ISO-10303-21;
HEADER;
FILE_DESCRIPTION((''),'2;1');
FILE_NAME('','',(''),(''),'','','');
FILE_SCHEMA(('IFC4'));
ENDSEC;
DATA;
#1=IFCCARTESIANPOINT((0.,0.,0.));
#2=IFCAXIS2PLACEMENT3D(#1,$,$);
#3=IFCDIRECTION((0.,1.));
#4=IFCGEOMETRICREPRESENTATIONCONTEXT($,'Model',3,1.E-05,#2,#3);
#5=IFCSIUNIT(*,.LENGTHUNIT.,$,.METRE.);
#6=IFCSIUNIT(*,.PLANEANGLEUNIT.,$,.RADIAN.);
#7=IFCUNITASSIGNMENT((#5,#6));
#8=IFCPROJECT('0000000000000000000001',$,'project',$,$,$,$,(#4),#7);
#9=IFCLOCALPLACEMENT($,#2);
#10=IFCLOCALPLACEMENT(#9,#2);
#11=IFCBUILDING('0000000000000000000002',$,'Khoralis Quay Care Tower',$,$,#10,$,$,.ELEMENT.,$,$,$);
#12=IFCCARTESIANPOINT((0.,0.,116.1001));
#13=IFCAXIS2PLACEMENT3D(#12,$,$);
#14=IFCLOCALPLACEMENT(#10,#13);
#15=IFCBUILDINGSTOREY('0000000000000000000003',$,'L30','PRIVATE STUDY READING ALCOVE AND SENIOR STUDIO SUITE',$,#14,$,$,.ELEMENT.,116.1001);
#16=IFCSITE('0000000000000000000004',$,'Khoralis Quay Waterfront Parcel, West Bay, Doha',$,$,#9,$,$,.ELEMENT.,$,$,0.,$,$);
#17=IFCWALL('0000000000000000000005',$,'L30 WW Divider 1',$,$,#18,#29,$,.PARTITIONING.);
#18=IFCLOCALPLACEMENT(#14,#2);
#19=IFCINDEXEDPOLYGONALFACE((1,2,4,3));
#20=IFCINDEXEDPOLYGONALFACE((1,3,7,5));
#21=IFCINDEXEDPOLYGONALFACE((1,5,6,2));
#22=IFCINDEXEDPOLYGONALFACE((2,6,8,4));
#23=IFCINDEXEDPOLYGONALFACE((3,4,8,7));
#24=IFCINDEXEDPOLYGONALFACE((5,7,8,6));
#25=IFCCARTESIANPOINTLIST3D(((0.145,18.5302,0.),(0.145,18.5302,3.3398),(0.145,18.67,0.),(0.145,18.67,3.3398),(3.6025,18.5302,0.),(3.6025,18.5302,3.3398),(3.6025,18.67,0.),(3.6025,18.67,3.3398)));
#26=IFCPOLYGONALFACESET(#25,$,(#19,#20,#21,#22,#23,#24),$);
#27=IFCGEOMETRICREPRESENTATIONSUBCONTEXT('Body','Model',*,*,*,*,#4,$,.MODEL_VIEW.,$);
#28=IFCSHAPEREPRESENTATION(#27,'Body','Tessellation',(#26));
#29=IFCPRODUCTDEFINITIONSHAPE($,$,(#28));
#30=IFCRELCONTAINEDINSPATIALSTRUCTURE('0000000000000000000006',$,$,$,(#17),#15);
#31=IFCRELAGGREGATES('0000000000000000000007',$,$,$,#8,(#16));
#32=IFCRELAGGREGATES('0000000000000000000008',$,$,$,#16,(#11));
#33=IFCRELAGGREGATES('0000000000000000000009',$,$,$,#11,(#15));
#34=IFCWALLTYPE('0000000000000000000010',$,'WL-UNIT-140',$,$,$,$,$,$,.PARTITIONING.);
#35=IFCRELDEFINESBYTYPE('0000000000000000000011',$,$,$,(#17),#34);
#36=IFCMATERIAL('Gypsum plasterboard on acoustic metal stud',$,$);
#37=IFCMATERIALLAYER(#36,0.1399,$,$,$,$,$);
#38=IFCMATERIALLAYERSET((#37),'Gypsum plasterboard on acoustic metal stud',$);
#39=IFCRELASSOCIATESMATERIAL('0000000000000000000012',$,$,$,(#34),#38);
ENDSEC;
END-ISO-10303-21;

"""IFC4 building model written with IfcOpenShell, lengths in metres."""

from ifc_helpers import new_model, si_unit, direction, frame, frame_2d, origin, place, context, subcontext, project, spatial, rectangle, extrude, material, layer, layer_set, type_object, element, save


model = new_model("IFC4")

# Units and contexts
model_context = context("Model", 3, precision=1e-05, world=origin(), true_north=direction((0.0, 1.0)))
body_context = subcontext(model_context, "Body", "Model", "MODEL_VIEW")
ifc_project = project(units=[si_unit("LENGTHUNIT", "METRE"), si_unit("PLANEANGLEUNIT", "RADIAN")], contexts=[model_context])

# Site, building, storey
site_placement = place(None, origin())
site = spatial("IfcSite", under=ifc_project, at=site_placement, Name="Khoralis Quay Waterfront Parcel, West Bay, Doha", CompositionType="ELEMENT", RefElevation=0.0)
building_placement = place(site_placement, origin())
building = spatial("IfcBuilding", under=site, at=building_placement, Name="Khoralis Quay Care Tower", CompositionType="ELEMENT")
storey_placement = place(building_placement, frame((0.0, 0.0, 116.1001)))
storey = spatial("IfcBuildingStorey", under=building, at=storey_placement, Name="L30", Description="PRIVATE STUDY READING ALCOVE AND SENIOR STUDIO SUITE", CompositionType="ELEMENT", Elevation=116.1001)

# Wall
ifc_material_1 = material(Name="Gypsum plasterboard on acoustic metal stud")
ifc_layer_1 = layer(ifc_material_1, 0.1399)
ifc_layer_set_1 = layer_set([ifc_layer_1], Name="Gypsum plasterboard on acoustic metal stud")
wall_type_1 = type_object("IfcWallType", Name="WL-UNIT-140", PredefinedType="PARTITIONING", material=ifc_layer_set_1)
wall_1_placement = place(storey_placement, frame((0.145, 18.6001, 0.0), z_axis=(0.0, 0.0, 1.0), x_axis=(1.0, 0.0, 0.0)))
element("IfcWall", 1, at=wall_1_placement, inside=storey, type_object=wall_type_1, Name="L30 WW Divider 1", PredefinedType="PARTITIONING", context=body_context, shape_type="SweptSolid", body=[
    extrude(rectangle(XDim=3.4575, YDim=0.1399, at=frame_2d((1.7288, 0.0))), origin(), (0.0, 0.0, 1.0), 3.3398),
])

save(model, "model.ifc")
